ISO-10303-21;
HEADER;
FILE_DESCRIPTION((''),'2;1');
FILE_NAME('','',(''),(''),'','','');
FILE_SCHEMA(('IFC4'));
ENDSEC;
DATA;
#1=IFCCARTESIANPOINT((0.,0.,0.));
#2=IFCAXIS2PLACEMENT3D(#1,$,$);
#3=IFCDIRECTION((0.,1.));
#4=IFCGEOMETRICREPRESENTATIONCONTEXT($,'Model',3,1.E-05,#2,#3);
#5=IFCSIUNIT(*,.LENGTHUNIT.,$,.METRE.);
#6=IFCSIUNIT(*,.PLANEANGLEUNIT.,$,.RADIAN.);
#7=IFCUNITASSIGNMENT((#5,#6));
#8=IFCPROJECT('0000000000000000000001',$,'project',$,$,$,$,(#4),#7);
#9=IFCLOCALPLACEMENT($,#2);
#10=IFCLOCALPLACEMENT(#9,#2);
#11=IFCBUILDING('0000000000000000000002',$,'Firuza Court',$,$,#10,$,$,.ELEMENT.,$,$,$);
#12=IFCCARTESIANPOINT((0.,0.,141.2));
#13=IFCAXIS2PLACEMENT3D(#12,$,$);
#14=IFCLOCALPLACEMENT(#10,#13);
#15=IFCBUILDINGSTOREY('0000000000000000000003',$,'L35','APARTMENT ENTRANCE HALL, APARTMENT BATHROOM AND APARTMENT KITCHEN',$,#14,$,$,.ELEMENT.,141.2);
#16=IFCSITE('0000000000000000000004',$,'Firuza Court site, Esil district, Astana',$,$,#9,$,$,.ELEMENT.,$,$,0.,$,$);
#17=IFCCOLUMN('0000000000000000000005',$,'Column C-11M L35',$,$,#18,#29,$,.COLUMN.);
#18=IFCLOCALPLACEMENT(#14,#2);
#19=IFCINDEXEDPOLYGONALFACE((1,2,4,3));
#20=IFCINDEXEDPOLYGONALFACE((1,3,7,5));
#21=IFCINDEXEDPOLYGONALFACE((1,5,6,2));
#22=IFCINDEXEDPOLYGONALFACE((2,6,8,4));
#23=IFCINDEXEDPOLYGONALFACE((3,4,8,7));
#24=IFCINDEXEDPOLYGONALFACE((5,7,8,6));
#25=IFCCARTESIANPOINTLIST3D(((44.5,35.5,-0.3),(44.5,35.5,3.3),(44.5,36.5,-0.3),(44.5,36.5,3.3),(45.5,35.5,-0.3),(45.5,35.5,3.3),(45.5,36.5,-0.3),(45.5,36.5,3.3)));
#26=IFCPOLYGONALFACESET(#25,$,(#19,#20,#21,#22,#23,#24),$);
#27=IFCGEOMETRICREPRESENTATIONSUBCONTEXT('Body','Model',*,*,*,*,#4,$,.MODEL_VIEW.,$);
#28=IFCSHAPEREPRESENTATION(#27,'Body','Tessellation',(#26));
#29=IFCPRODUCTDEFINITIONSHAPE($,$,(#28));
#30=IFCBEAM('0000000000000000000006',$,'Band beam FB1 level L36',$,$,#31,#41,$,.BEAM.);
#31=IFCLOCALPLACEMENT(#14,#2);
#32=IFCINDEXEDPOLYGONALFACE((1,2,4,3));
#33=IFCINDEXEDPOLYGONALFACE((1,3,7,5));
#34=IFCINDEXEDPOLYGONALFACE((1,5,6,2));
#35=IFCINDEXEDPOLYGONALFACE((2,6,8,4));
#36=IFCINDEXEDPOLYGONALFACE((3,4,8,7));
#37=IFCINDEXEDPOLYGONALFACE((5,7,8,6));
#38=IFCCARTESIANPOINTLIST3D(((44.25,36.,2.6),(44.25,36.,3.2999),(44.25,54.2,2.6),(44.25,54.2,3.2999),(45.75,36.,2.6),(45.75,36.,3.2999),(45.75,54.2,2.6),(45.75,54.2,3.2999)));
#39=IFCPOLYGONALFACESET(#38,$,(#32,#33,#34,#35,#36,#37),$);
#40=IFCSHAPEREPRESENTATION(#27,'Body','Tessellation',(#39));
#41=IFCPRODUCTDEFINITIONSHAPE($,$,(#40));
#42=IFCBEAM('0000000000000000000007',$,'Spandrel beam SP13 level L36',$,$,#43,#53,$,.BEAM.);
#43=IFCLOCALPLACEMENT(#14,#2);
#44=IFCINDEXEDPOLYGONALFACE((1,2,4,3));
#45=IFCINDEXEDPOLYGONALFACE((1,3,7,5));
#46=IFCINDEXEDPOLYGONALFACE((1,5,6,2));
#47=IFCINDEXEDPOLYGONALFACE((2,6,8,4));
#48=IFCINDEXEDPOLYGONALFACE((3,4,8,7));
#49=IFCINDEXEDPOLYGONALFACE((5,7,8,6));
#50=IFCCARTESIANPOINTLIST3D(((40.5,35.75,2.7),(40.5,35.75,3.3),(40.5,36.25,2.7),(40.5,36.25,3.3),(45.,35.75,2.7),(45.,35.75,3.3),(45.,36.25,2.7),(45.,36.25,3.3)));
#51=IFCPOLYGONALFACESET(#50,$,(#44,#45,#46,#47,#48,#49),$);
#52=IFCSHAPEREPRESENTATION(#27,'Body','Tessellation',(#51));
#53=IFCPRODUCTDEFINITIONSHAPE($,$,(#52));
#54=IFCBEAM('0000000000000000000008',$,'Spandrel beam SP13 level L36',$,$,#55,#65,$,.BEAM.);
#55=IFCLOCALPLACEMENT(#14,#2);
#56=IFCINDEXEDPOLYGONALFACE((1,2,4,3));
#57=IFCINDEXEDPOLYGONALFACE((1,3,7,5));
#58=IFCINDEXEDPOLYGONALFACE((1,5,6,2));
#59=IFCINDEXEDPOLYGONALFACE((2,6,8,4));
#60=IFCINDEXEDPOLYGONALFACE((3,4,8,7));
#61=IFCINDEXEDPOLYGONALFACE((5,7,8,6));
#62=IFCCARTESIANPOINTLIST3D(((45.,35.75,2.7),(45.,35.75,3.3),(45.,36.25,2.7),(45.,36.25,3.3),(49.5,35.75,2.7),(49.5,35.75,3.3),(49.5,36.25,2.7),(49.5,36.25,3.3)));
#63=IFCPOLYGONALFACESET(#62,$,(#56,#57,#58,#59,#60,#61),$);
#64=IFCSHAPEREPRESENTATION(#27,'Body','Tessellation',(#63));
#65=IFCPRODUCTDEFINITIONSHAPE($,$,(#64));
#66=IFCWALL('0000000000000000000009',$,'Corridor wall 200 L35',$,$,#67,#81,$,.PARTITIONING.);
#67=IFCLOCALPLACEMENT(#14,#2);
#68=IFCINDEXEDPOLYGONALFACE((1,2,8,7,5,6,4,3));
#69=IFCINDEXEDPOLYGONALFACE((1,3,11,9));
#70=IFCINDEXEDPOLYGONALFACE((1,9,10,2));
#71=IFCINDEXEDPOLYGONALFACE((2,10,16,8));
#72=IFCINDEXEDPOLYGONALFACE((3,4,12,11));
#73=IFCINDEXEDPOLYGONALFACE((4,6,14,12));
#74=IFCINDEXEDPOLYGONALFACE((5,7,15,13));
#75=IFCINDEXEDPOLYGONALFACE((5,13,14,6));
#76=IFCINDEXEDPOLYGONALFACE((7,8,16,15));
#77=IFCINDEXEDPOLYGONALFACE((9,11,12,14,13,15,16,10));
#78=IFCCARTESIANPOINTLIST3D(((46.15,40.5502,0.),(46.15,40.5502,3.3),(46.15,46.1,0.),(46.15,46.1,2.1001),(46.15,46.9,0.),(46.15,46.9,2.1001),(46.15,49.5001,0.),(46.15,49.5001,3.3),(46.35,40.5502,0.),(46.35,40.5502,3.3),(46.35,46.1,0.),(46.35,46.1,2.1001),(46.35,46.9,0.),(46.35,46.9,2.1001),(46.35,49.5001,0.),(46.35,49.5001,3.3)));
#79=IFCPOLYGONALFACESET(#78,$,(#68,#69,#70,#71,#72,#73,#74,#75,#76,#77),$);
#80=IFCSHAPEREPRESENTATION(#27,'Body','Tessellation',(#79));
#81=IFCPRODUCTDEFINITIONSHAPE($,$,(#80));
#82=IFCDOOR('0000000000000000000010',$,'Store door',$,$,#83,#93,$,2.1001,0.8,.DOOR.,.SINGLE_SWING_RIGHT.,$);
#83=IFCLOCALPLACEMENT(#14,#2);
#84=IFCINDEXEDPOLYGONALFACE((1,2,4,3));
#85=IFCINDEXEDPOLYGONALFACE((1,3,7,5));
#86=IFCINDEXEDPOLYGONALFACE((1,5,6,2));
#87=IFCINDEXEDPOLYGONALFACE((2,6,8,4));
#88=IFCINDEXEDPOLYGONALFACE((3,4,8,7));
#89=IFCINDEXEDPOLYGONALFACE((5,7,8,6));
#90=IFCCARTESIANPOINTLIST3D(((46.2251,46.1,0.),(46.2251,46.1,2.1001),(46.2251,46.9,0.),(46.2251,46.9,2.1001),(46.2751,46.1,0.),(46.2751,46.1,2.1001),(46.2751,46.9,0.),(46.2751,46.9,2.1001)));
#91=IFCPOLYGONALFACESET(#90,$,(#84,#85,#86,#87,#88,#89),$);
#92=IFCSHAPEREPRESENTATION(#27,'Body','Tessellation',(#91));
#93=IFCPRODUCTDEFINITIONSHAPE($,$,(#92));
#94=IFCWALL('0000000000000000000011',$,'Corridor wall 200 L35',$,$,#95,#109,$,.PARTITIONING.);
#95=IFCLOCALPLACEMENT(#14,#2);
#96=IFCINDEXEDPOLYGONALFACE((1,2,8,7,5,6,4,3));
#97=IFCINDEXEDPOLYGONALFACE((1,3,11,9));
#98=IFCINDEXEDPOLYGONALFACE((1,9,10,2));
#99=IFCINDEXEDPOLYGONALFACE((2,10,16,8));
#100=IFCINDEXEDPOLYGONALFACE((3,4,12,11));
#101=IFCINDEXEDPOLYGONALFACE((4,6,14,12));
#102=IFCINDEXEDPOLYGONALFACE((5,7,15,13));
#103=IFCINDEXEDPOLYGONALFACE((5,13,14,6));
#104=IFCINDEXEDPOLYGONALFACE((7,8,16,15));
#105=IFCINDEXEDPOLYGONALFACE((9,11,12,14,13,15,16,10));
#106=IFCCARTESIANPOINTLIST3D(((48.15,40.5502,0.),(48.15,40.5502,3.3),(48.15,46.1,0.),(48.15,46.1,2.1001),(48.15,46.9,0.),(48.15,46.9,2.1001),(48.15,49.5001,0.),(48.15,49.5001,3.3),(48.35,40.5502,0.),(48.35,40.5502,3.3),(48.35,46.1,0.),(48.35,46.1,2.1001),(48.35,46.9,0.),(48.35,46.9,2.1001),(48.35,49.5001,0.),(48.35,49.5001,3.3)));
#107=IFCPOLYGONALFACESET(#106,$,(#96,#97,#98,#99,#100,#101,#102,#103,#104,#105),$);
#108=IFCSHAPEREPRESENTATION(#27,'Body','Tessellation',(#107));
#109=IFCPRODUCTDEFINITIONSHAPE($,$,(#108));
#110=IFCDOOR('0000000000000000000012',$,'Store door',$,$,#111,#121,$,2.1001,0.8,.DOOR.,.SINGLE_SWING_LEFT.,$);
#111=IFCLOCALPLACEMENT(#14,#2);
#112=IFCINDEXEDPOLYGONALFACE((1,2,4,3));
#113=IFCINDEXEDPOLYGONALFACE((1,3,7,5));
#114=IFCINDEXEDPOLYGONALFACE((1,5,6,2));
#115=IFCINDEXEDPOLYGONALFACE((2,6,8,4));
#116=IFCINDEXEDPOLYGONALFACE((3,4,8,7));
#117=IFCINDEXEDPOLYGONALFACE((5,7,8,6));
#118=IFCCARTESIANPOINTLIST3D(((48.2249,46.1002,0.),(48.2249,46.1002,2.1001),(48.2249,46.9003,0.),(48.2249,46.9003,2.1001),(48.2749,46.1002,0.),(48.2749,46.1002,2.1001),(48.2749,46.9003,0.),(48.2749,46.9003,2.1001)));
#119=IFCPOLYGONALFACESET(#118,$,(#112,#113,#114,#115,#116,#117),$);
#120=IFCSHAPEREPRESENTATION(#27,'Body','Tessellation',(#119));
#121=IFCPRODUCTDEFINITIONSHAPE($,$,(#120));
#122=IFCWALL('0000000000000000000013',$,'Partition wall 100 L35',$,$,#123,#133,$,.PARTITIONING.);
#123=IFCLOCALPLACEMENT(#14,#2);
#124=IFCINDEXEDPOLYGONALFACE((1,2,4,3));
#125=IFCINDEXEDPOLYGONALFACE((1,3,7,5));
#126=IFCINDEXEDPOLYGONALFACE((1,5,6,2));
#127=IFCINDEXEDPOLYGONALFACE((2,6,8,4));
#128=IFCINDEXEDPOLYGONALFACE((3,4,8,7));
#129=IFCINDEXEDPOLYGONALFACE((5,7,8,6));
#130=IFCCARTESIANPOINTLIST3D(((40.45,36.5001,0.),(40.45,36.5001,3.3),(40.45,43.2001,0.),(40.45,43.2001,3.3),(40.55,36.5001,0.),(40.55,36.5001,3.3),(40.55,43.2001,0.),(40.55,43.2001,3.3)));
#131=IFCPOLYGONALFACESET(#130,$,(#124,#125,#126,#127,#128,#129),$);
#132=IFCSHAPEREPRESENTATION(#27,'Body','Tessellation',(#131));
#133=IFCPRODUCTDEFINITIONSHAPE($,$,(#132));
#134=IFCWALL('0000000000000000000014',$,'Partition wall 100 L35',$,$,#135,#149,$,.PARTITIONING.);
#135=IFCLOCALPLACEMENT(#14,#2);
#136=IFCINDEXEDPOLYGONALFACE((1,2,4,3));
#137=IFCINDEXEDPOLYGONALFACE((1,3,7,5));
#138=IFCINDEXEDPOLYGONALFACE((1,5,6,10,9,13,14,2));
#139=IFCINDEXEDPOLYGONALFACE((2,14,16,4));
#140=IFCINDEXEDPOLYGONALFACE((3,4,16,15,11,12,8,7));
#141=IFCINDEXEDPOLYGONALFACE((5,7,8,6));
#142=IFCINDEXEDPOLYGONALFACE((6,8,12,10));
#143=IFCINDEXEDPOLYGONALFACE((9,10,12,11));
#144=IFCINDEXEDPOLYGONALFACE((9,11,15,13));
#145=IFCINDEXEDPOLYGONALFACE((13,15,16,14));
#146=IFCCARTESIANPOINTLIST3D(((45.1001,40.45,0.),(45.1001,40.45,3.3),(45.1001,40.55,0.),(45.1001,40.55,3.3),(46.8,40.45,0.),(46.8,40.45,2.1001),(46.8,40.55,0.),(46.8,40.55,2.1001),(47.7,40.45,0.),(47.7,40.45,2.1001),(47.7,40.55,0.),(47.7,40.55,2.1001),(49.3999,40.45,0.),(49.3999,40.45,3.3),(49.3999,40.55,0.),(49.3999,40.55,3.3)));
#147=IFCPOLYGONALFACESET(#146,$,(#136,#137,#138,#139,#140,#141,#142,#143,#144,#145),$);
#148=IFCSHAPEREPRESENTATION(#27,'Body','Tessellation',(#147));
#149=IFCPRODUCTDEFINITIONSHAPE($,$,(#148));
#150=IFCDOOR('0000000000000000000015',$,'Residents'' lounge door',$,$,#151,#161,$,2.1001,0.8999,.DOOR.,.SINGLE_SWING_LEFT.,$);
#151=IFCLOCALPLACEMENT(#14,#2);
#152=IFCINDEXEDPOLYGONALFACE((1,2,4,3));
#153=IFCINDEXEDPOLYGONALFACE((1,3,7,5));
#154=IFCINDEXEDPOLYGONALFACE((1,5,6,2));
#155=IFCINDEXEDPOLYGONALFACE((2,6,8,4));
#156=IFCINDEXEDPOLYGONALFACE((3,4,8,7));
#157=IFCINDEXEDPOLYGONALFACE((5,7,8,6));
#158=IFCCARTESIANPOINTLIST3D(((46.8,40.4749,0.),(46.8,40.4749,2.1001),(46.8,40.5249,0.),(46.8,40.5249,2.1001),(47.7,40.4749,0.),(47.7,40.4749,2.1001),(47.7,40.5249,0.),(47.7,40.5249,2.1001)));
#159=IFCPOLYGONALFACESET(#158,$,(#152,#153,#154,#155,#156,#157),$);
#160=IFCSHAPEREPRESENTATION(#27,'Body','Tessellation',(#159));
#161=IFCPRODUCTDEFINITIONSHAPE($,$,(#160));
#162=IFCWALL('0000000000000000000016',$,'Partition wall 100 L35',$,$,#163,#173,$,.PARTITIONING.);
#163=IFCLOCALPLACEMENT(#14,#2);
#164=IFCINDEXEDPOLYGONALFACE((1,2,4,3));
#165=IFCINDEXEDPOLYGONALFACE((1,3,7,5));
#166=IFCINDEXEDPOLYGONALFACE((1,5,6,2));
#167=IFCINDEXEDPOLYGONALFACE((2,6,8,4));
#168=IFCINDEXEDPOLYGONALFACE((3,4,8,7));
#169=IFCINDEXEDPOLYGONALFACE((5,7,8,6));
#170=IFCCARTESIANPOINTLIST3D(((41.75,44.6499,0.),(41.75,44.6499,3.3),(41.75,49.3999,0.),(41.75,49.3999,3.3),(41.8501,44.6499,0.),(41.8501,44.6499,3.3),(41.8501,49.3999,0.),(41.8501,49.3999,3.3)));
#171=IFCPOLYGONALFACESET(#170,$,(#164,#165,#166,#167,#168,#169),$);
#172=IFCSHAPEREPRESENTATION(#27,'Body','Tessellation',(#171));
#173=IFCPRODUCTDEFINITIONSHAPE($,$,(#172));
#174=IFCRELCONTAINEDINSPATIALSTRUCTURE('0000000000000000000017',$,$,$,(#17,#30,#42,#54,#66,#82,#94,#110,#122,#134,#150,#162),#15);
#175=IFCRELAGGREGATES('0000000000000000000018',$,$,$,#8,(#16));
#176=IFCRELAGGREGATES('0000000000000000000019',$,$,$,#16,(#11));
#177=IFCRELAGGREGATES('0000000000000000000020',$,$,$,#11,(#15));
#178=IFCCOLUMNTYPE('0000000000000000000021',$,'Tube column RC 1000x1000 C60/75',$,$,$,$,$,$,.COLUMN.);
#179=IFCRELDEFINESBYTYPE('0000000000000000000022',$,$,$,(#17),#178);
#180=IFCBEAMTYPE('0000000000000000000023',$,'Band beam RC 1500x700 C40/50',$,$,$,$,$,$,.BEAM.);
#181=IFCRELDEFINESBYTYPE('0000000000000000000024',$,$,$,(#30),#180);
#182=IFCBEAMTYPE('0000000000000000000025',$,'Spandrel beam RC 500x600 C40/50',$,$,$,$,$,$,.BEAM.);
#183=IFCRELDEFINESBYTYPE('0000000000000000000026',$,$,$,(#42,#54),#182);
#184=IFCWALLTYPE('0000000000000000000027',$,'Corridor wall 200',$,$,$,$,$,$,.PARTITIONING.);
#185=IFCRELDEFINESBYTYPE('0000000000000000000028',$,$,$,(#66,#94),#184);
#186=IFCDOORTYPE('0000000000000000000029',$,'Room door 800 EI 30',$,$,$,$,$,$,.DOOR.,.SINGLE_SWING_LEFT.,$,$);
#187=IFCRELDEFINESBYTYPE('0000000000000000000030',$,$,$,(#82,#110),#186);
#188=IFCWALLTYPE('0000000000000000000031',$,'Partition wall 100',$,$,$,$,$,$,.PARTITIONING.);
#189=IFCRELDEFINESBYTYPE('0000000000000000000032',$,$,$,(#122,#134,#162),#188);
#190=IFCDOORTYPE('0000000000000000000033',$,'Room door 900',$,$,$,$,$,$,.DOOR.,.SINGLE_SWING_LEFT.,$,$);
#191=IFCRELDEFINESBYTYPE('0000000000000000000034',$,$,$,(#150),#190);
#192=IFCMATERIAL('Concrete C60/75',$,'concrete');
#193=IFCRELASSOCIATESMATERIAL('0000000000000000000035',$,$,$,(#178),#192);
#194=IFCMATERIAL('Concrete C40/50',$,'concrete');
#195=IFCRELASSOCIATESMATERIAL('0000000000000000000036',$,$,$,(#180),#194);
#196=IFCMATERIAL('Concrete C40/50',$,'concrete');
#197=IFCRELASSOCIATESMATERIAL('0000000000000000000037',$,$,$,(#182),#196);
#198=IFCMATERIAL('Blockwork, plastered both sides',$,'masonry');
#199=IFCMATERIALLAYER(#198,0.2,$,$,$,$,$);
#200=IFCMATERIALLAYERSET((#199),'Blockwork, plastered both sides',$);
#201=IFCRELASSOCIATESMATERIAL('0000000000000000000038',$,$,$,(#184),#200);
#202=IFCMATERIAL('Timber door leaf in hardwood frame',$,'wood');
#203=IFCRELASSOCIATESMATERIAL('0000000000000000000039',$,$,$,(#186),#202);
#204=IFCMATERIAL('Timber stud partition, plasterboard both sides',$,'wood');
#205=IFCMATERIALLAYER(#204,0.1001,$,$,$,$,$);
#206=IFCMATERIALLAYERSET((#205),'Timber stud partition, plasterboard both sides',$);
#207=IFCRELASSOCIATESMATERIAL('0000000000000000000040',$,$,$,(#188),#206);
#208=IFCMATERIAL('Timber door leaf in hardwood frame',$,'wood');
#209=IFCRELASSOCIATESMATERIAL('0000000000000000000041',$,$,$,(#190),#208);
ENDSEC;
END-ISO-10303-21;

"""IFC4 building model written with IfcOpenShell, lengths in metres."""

from ifc_helpers import new_model, si_unit, direction, frame, frame_2d, origin, origin_2d, place, context, subcontext, project, spatial, rectangle, extrude, material, layer, layer_set, material_profile, profile_set, type_object, element, fill, save


model = new_model("IFC4")

# Units and contexts
model_context = context("Model", 3, precision=1e-05, world=origin(), true_north=direction((0.0, 1.0)))
body_context = subcontext(model_context, "Body", "Model", "MODEL_VIEW")
ifc_project = project(units=[si_unit("LENGTHUNIT", "METRE"), si_unit("PLANEANGLEUNIT", "RADIAN")], contexts=[model_context])

# Site, building, storey
site_placement = place(None, origin())
site = spatial("IfcSite", under=ifc_project, at=site_placement, Name="Firuza Court site, Esil district, Astana", CompositionType="ELEMENT", RefElevation=0.0)
building_placement = place(site_placement, origin())
building = spatial("IfcBuilding", under=site, at=building_placement, Name="Firuza Court", CompositionType="ELEMENT")
storey_placement = place(building_placement, frame((0.0, 0.0, 141.2)))
storey = spatial("IfcBuildingStorey", under=building, at=storey_placement, Name="L35", Description="APARTMENT ENTRANCE HALL, APARTMENT BATHROOM AND APARTMENT KITCHEN", CompositionType="ELEMENT", Elevation=141.2)

# Column
ifc_material_1 = material(Name="Concrete C60/75", Category="concrete")
ifc_material_profile_1 = material_profile(ifc_material_1, rectangle(XDim=1.0, YDim=1.0, at=origin_2d()), Name="RC 1000x1000")
ifc_profile_set_1 = profile_set([ifc_material_profile_1], Name="Concrete C60/75")
column_type = type_object("IfcColumnType", Name="Tube column RC 1000x1000 C60/75", PredefinedType="COLUMN", material=ifc_profile_set_1)
column_placement = place(storey_placement, frame((45.0, 36.0, -0.3), z_axis=(0.0, 0.0, 1.0), x_axis=(1.0, 0.0, 0.0)))
element("IfcColumn", 1, at=column_placement, inside=storey, type_object=column_type, Name="Column C-11M L35", PredefinedType="COLUMN", context=body_context, shape_type="SweptSolid", body=[
    extrude(rectangle(XDim=1.0, YDim=1.0, at=origin_2d()), origin(), (0.0, 0.0, 1.0), 3.6001),
])

# Beams
ifc_material_2 = material(Name="Concrete C40/50", Category="concrete")
ifc_material_profile_2 = material_profile(ifc_material_2, rectangle(XDim=1.5, YDim=0.7, at=origin_2d()), Name="RC 1500x700")
ifc_profile_set_2 = profile_set([ifc_material_profile_2], Name="Concrete C40/50")
beam_type_1 = type_object("IfcBeamType", Name="Band beam RC 1500x700 C40/50", PredefinedType="BEAM", material=ifc_profile_set_2)
beam_placement = place(storey_placement, frame((45.0, 36.0, 2.95), z_axis=(0.0, 1.0, 0.0), x_axis=(-1.0, 0.0, 0.0)))
element("IfcBeam", 2, at=beam_placement, inside=storey, type_object=beam_type_1, Name="Band beam FB1 level L36", PredefinedType="BEAM", context=body_context, shape_type="SweptSolid", body=[
    extrude(rectangle(XDim=1.5, YDim=0.7, at=origin_2d()), origin(), (0.0, 0.0, 1.0), 18.2),
])
ifc_material_3 = material(Name="Concrete C40/50", Category="concrete")
ifc_material_profile_3 = material_profile(ifc_material_3, rectangle(XDim=0.5, YDim=0.6001, at=origin_2d()), Name="RC 500x600")
ifc_profile_set_3 = profile_set([ifc_material_profile_3], Name="Concrete C40/50")
beam_type_2 = type_object("IfcBeamType", Name="Spandrel beam RC 500x600 C40/50", PredefinedType="BEAM", material=ifc_profile_set_3)
for number, where, z_axis, x_axis, name in (
    (3, (40.5, 36.0, 3.0), (1.0, 0.0, 0.0), (0.0, 1.0, 0.0), "Spandrel beam SP13 level L36"),
    (4, (45.0, 36.0, 3.0), (1.0, 0.0, 0.0), (0.0, 1.0, 0.0), "Spandrel beam SP13 level L36"),
):
    element("IfcBeam", number, at=place(storey_placement, frame(where, z_axis=z_axis, x_axis=x_axis)), inside=storey, type_object=beam_type_2, Name=name, PredefinedType="BEAM", context=body_context, shape_type="SweptSolid", body=[
        extrude(rectangle(XDim=0.5, YDim=0.6001, at=origin_2d()), origin(), (0.0, 0.0, 1.0), 4.5),
    ])

# Walls, openings, doors
ifc_material_4 = material(Name="Blockwork, plastered both sides", Category="masonry")
ifc_layer_1 = layer(ifc_material_4, 0.2)
ifc_layer_set_1 = layer_set([ifc_layer_1], Name="Blockwork, plastered both sides")
wall_type_1 = type_object("IfcWallType", Name="Corridor wall 200", PredefinedType="PARTITIONING", material=ifc_layer_set_1)
wall_1_placement = place(storey_placement, frame((46.25, 40.55, 0.0), z_axis=(0.0, 0.0, 1.0), x_axis=(0.0, 1.0, 0.0)))
wall_1 = element("IfcWall", 5, at=wall_1_placement, inside=storey, type_object=wall_type_1, Name="Corridor wall 200 L35", PredefinedType="PARTITIONING", context=body_context, shape_type="SweptSolid", body=[
    extrude(rectangle(XDim=8.95, YDim=0.2, at=frame_2d((4.4751, 0.0))), origin(), (0.0, 0.0, 1.0), 3.3),
])
opening_1_placement = place(wall_1_placement, frame((5.55, 0.0, 0.0)))
opening_1 = element("IfcOpeningElement", 6, at=opening_1_placement, cuts=wall_1, PredefinedType="OPENING", context=body_context, shape_type="SweptSolid", body=[
    extrude(rectangle(XDim=0.8, YDim=2.1001, at=frame_2d((0.3999, 1.05))), frame((0.0, 0.1118, 0.0), z_axis=(0.0, -1.0, 0.0), x_axis=(1.0, 0.0, 0.0)), (0.0, 0.0, 1.0), 0.2239),
])
ifc_material_5 = material(Name="Timber door leaf in hardwood frame", Category="wood")
door_type_1 = type_object("IfcDoorType", Name="Room door 800 EI 30", OperationType="SINGLE_SWING_LEFT", PredefinedType="DOOR", material=ifc_material_5)
door_1_placement = place(opening_1_placement, origin())
door_1 = element("IfcDoor", 7, at=door_1_placement, inside=storey, type_object=door_type_1, Name="Store door", OperationType="SINGLE_SWING_RIGHT", OverallHeight=2.1001, OverallWidth=0.8, PredefinedType="DOOR", context=body_context, shape_type="SweptSolid", body=[
    extrude(rectangle(XDim=0.8, YDim=2.1001, at=frame_2d((0.3999, 1.05))), frame((0.0, 0.0249, 0.0), z_axis=(0.0, -1.0, 0.0), x_axis=(1.0, 0.0, 0.0)), (0.0, 0.0, 1.0), 0.05),
])
fill(opening_1, door_1)
wall_2_placement = place(storey_placement, frame((48.25, 40.55, 0.0), z_axis=(0.0, 0.0, 1.0), x_axis=(0.0, 1.0, 0.0)))
wall_2 = element("IfcWall", 8, at=wall_2_placement, inside=storey, type_object=wall_type_1, Name="Corridor wall 200 L35", PredefinedType="PARTITIONING", context=body_context, shape_type="SweptSolid", body=[
    extrude(rectangle(XDim=8.95, YDim=0.2, at=frame_2d((4.4751, 0.0))), origin(), (0.0, 0.0, 1.0), 3.3),
])
opening_2_placement = place(wall_2_placement, frame((5.55, 0.0, 0.0)))
opening_2 = element("IfcOpeningElement", 9, at=opening_2_placement, cuts=wall_2, PredefinedType="OPENING", context=body_context, shape_type="SweptSolid", body=[
    extrude(rectangle(XDim=0.8, YDim=2.1001, at=frame_2d((0.3999, 1.05))), frame((0.0, 0.1118, 0.0), z_axis=(0.0, -1.0, 0.0), x_axis=(1.0, 0.0, 0.0)), (0.0, 0.0, 1.0), 0.2239),
])
door_2_placement = place(opening_2_placement, frame((0.8, 0.0, 0.0), z_axis=(0.0, 0.0, 1.0), x_axis=(-1.0, 0.0, 0.0)))
door_2 = element("IfcDoor", 10, at=door_2_placement, inside=storey, type_object=door_type_1, Name="Store door", OperationType="SINGLE_SWING_LEFT", OverallHeight=2.1001, OverallWidth=0.8, PredefinedType="DOOR", context=body_context, shape_type="SweptSolid", body=[
    extrude(rectangle(XDim=0.8, YDim=2.1001, at=frame_2d((0.3999, 1.05))), frame((0.0, 0.0249, 0.0), z_axis=(0.0, -1.0, 0.0), x_axis=(1.0, 0.0, 0.0)), (0.0, 0.0, 1.0), 0.05),
])
fill(opening_2, door_2)

# Wall
ifc_material_6 = material(Name="Timber stud partition, plasterboard both sides", Category="wood")
ifc_layer_2 = layer(ifc_material_6, 0.1001)
ifc_layer_set_2 = layer_set([ifc_layer_2], Name="Timber stud partition, plasterboard both sides")
wall_type_2 = type_object("IfcWallType", Name="Partition wall 100", PredefinedType="PARTITIONING", material=ifc_layer_set_2)
wall_3_placement = place(storey_placement, frame((40.5, 36.5, 0.0), z_axis=(0.0, 0.0, 1.0), x_axis=(0.0, 1.0, 0.0)))
element("IfcWall", 11, at=wall_3_placement, inside=storey, type_object=wall_type_2, Name="Partition wall 100 L35", PredefinedType="PARTITIONING", context=body_context, shape_type="SweptSolid", body=[
    extrude(rectangle(XDim=6.7, YDim=0.1001, at=frame_2d((3.3501, 0.0))), origin(), (0.0, 0.0, 1.0), 3.3),
])

# Wall, opening, door
wall_4_placement = place(storey_placement, frame((45.1001, 40.5, 0.0), z_axis=(0.0, 0.0, 1.0), x_axis=(1.0, 0.0, 0.0)))
wall_4 = element("IfcWall", 12, at=wall_4_placement, inside=storey, type_object=wall_type_2, Name="Partition wall 100 L35", PredefinedType="PARTITIONING", context=body_context, shape_type="SweptSolid", body=[
    extrude(rectangle(XDim=4.2998, YDim=0.1001, at=frame_2d((2.1499, 0.0))), origin(), (0.0, 0.0, 1.0), 3.3),
])
opening_3_placement = place(wall_4_placement, frame((1.7, 0.0, 0.0)))
opening_3 = element("IfcOpeningElement", 13, at=opening_3_placement, cuts=wall_4, PredefinedType="OPENING", context=body_context, shape_type="SweptSolid", body=[
    extrude(rectangle(XDim=0.8999, YDim=2.1001, at=frame_2d((0.45, 1.05))), frame((0.0, 0.062, 0.0), z_axis=(0.0, -1.0, 0.0), x_axis=(1.0, 0.0, 0.0)), (0.0, 0.0, 1.0), 0.124),
])
ifc_material_7 = material(Name="Timber door leaf in hardwood frame", Category="wood")
door_type_2 = type_object("IfcDoorType", Name="Room door 900", OperationType="SINGLE_SWING_LEFT", PredefinedType="DOOR", material=ifc_material_7)
door_3_placement = place(opening_3_placement, origin())
door_3 = element("IfcDoor", 14, at=door_3_placement, inside=storey, type_object=door_type_2, Name="Residents' lounge door", OperationType="SINGLE_SWING_LEFT", OverallHeight=2.1001, OverallWidth=0.8999, PredefinedType="DOOR", context=body_context, shape_type="SweptSolid", body=[
    extrude(rectangle(XDim=0.8999, YDim=2.1001, at=frame_2d((0.45, 1.05))), frame((0.0, 0.0249, 0.0), z_axis=(0.0, -1.0, 0.0), x_axis=(1.0, 0.0, 0.0)), (0.0, 0.0, 1.0), 0.05),
])
fill(opening_3, door_3)

# Wall
for number, where, z_axis, x_axis, name in (
    (15, (41.8, 44.6499, 0.0), (0.0, 0.0, 1.0), (0.0, 1.0, 0.0), "Partition wall 100 L35"),
):
    element("IfcWall", number, at=place(storey_placement, frame(where, z_axis=z_axis, x_axis=x_axis)), inside=storey, type_object=wall_type_2, Name=name, PredefinedType="PARTITIONING", context=body_context, shape_type="SweptSolid", body=[
        extrude(rectangle(XDim=4.75, YDim=0.1001, at=frame_2d((2.375, 0.0))), origin(), (0.0, 0.0, 1.0), 3.3),
    ])

save(model, "model.ifc")
